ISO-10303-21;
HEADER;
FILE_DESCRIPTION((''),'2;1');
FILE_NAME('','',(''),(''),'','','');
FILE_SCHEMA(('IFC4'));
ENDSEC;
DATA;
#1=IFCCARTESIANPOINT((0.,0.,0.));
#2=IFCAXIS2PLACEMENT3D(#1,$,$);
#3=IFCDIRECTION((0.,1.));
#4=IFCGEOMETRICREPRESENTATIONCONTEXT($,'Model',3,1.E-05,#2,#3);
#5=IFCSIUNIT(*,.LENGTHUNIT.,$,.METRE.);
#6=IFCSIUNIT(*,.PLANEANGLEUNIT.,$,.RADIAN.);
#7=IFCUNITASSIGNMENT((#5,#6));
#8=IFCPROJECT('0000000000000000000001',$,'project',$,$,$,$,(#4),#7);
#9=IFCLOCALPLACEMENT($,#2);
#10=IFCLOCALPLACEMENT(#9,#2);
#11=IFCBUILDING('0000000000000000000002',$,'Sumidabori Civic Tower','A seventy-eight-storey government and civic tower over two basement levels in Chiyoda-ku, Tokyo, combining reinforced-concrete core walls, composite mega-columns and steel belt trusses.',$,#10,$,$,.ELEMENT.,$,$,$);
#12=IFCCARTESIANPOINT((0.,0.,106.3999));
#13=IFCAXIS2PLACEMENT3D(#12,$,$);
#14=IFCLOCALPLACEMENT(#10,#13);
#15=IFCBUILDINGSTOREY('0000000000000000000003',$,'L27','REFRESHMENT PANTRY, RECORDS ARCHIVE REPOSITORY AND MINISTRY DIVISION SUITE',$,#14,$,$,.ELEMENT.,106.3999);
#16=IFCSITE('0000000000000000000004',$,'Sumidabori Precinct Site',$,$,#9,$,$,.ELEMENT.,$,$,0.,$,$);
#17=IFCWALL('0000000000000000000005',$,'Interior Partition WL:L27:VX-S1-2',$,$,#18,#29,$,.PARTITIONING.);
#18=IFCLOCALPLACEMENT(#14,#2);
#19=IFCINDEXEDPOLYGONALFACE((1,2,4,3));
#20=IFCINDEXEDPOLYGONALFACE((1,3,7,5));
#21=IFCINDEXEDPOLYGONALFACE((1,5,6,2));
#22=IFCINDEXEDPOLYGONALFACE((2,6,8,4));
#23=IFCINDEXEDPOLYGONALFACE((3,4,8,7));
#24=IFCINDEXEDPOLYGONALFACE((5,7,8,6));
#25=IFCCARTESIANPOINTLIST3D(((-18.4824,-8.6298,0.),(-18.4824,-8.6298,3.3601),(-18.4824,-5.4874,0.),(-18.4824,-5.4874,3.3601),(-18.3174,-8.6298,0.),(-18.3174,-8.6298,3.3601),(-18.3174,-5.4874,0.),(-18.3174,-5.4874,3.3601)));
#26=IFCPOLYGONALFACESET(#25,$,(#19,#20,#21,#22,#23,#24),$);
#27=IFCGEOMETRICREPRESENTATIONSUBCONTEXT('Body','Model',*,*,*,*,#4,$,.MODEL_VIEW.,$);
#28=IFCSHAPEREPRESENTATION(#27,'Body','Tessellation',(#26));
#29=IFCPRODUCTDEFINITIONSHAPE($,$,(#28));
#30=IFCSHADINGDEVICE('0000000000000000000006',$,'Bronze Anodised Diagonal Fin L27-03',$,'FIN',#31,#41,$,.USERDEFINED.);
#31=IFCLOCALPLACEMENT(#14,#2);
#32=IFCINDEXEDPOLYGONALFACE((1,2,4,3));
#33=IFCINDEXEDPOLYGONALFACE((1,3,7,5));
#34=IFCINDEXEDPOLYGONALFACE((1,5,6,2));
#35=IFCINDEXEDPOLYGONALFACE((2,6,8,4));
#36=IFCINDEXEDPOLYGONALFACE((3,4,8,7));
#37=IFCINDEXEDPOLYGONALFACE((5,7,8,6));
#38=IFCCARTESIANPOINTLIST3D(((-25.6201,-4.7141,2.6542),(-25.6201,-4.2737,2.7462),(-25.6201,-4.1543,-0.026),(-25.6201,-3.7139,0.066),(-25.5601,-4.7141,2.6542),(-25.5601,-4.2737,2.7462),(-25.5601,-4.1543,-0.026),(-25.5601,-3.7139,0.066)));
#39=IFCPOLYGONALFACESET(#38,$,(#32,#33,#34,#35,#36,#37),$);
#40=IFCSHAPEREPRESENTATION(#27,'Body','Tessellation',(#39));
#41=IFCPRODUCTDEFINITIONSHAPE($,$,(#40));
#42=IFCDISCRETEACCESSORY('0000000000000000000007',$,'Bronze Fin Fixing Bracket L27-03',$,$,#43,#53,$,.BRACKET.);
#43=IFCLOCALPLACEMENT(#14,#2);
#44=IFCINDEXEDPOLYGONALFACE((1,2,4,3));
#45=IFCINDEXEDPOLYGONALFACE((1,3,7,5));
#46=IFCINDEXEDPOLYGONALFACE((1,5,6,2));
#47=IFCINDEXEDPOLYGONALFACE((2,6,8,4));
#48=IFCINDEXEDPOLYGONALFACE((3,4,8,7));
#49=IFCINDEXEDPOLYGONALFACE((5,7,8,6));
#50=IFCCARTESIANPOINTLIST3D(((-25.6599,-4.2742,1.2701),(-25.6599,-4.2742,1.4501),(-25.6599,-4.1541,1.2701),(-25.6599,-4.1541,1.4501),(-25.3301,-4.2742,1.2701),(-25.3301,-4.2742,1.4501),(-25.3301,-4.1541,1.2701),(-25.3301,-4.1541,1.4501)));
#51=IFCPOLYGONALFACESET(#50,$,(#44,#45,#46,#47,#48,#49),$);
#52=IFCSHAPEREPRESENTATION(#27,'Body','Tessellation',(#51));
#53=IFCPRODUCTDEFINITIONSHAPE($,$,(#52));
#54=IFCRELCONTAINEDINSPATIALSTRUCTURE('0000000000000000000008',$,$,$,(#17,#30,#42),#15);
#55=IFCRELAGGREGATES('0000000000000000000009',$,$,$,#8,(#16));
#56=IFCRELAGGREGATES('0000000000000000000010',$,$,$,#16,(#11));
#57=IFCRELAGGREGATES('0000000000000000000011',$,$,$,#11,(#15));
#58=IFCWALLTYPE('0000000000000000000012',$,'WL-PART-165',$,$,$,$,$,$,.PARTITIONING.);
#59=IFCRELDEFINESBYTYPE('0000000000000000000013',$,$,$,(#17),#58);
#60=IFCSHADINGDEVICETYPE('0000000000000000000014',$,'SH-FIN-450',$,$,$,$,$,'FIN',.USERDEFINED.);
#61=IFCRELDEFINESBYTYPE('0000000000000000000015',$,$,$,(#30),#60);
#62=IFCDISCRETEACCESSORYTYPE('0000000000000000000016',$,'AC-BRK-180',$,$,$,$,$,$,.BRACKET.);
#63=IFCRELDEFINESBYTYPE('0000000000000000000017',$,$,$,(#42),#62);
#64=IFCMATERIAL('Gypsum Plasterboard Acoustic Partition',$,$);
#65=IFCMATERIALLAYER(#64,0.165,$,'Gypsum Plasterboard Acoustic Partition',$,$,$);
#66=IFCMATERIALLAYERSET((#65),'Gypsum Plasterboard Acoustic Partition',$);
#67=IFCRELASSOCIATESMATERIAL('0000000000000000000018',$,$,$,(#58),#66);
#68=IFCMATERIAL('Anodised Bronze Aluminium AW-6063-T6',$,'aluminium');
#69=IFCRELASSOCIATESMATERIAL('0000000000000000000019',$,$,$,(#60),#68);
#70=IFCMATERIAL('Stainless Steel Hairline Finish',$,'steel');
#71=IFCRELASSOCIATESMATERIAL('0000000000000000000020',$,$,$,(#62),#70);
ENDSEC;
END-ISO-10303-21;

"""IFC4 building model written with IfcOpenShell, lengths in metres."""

from ifc_helpers import new_model, si_unit, direction, frame, frame_2d, origin, origin_2d, place, context, subcontext, project, spatial, rectangle, extrude, source, transform, mapped, material, layer, layer_set, material_profile, profile_set, type_object, element, save


model = new_model("IFC4")

# Units and contexts
model_context = context("Model", 3, precision=1e-05, world=origin(), true_north=direction((0.0, 1.0)))
body_context = subcontext(model_context, "Body", "Model", "MODEL_VIEW")
ifc_project = project(units=[si_unit("LENGTHUNIT", "METRE"), si_unit("PLANEANGLEUNIT", "RADIAN")], contexts=[model_context])

# Site, building, storey
site_placement = place(None, origin())
site = spatial("IfcSite", under=ifc_project, at=site_placement, Name="Sumidabori Precinct Site", CompositionType="ELEMENT", RefElevation=0.0)
building_placement = place(site_placement, origin())
building = spatial("IfcBuilding", under=site, at=building_placement, Name="Sumidabori Civic Tower", Description="A seventy-eight-storey government and civic tower over two basement levels in Chiyoda-ku, Tokyo, combining reinforced-concrete core walls, composite mega-columns and steel belt trusses.", CompositionType="ELEMENT")
storey_placement = place(building_placement, frame((0.0, 0.0, 106.3999)))
storey = spatial("IfcBuildingStorey", under=building, at=storey_placement, Name="L27", Description="REFRESHMENT PANTRY, RECORDS ARCHIVE REPOSITORY AND MINISTRY DIVISION SUITE", CompositionType="ELEMENT", Elevation=106.3999)

# Shared definitions
ifc_material_1 = material(Name="Anodised Bronze Aluminium AW-6063-T6", Category="aluminium")

# Shared definitions
ifc_material_2 = material(Name="Gypsum Plasterboard Acoustic Partition")
ifc_layer_1 = layer(ifc_material_2, 0.165, Name="Gypsum Plasterboard Acoustic Partition")
ifc_layer_set_1 = layer_set([ifc_layer_1], Name="Gypsum Plasterboard Acoustic Partition")
wall_type = type_object("IfcWallType", Name="WL-PART-165", PredefinedType="PARTITIONING", material=ifc_layer_set_1)

# Wall
shared_shape_1 = source(origin(), body_context, "Body", "SweptSolid", [
    extrude(rectangle(XDim=3.1423, YDim=0.165, at=frame_2d((1.5713, 0.0))), origin(), (0.0, 0.0, 1.0), 3.3601),
])
wall_1_placement = place(storey_placement, frame((-18.3999, -8.6299, 0.0), z_axis=(0.0, 0.0, 1.0), x_axis=(0.0, 1.0, 0.0)))
element("IfcWall", 1, at=wall_1_placement, inside=storey, type_object=wall_type, Name="Interior Partition WL:L27:VX-S1-2", PredefinedType="PARTITIONING", context=body_context, shape_type="MappedRepresentation", body=[
    mapped(shared_shape_1, transform((0.0, 0.0, 0.0), x_axis=(1.0, 0.0, 0.0), y_axis=(0.0, 1.0, 0.0), z_axis=(0.0, 0.0, 1.0), scale=1.0)),
])

# Shading device
ifc_material_profile_1 = material_profile(ifc_material_1, rectangle(XDim=0.0601, YDim=0.45, at=origin_2d()), Name="BRONZE FIN 450x60")
ifc_profile_set_1 = profile_set([ifc_material_profile_1], Name="Anodised Bronze Aluminium AW-6063-T6")
shading_device_type = type_object("IfcShadingDeviceType", Name="SH-FIN-450", ElementType="FIN", PredefinedType="USERDEFINED", material=ifc_profile_set_1)
shared_shape_2 = source(origin(), body_context, "Body", "SweptSolid", [
    extrude(rectangle(XDim=0.0601, YDim=0.45, at=origin_2d()), origin(), (0.0, 0.0, 1.0), 2.738),
])
shading_device_placement = place(storey_placement, frame((-25.5901, -3.9341, 0.02), z_axis=(0.0, -0.20446, 0.978875), x_axis=(-1.0, 0.0, 0.0)))
element("IfcShadingDevice", 2, at=shading_device_placement, inside=storey, type_object=shading_device_type, Name="Bronze Anodised Diagonal Fin L27-03", ObjectType="FIN", PredefinedType="USERDEFINED", context=body_context, shape_type="MappedRepresentation", body=[
    mapped(shared_shape_2, transform((0.0, 0.0, 0.0), x_axis=(1.0, 0.0, 0.0), y_axis=(0.0, 1.0, 0.0), z_axis=(0.0, 0.0, 1.0), scale=1.0)),
])

# Discrete accessory
ifc_material_3 = material(Name="Stainless Steel Hairline Finish", Category="steel")
ifc_material_profile_2 = material_profile(ifc_material_3, rectangle(XDim=0.1201, YDim=0.1799, at=origin_2d()), Name="STEEL BRACKET 180x120")
ifc_profile_set_2 = profile_set([ifc_material_profile_2], Name="Stainless Steel Hairline Finish")
discrete_accessory_type = type_object("IfcDiscreteAccessoryType", Name="AC-BRK-180", PredefinedType="BRACKET", material=ifc_profile_set_2)
shared_shape_3 = source(origin(), body_context, "Body", "SweptSolid", [
    extrude(rectangle(XDim=0.1201, YDim=0.1799, at=origin_2d()), origin(), (0.0, 0.0, 1.0), 0.3298),
])
discrete_accessory_placement = place(storey_placement, frame((-25.3301, -4.2141, 1.3601), z_axis=(-1.0, 0.0, 0.0), x_axis=(0.0, -1.0, 0.0)))
element("IfcDiscreteAccessory", 3, at=discrete_accessory_placement, inside=storey, type_object=discrete_accessory_type, Name="Bronze Fin Fixing Bracket L27-03", PredefinedType="BRACKET", context=body_context, shape_type="MappedRepresentation", body=[
    mapped(shared_shape_3, transform((0.0, 0.0, 0.0), x_axis=(1.0, 0.0, 0.0), y_axis=(0.0, 1.0, 0.0), z_axis=(0.0, 0.0, 1.0), scale=1.0)),
])

save(model, "model.ifc")
